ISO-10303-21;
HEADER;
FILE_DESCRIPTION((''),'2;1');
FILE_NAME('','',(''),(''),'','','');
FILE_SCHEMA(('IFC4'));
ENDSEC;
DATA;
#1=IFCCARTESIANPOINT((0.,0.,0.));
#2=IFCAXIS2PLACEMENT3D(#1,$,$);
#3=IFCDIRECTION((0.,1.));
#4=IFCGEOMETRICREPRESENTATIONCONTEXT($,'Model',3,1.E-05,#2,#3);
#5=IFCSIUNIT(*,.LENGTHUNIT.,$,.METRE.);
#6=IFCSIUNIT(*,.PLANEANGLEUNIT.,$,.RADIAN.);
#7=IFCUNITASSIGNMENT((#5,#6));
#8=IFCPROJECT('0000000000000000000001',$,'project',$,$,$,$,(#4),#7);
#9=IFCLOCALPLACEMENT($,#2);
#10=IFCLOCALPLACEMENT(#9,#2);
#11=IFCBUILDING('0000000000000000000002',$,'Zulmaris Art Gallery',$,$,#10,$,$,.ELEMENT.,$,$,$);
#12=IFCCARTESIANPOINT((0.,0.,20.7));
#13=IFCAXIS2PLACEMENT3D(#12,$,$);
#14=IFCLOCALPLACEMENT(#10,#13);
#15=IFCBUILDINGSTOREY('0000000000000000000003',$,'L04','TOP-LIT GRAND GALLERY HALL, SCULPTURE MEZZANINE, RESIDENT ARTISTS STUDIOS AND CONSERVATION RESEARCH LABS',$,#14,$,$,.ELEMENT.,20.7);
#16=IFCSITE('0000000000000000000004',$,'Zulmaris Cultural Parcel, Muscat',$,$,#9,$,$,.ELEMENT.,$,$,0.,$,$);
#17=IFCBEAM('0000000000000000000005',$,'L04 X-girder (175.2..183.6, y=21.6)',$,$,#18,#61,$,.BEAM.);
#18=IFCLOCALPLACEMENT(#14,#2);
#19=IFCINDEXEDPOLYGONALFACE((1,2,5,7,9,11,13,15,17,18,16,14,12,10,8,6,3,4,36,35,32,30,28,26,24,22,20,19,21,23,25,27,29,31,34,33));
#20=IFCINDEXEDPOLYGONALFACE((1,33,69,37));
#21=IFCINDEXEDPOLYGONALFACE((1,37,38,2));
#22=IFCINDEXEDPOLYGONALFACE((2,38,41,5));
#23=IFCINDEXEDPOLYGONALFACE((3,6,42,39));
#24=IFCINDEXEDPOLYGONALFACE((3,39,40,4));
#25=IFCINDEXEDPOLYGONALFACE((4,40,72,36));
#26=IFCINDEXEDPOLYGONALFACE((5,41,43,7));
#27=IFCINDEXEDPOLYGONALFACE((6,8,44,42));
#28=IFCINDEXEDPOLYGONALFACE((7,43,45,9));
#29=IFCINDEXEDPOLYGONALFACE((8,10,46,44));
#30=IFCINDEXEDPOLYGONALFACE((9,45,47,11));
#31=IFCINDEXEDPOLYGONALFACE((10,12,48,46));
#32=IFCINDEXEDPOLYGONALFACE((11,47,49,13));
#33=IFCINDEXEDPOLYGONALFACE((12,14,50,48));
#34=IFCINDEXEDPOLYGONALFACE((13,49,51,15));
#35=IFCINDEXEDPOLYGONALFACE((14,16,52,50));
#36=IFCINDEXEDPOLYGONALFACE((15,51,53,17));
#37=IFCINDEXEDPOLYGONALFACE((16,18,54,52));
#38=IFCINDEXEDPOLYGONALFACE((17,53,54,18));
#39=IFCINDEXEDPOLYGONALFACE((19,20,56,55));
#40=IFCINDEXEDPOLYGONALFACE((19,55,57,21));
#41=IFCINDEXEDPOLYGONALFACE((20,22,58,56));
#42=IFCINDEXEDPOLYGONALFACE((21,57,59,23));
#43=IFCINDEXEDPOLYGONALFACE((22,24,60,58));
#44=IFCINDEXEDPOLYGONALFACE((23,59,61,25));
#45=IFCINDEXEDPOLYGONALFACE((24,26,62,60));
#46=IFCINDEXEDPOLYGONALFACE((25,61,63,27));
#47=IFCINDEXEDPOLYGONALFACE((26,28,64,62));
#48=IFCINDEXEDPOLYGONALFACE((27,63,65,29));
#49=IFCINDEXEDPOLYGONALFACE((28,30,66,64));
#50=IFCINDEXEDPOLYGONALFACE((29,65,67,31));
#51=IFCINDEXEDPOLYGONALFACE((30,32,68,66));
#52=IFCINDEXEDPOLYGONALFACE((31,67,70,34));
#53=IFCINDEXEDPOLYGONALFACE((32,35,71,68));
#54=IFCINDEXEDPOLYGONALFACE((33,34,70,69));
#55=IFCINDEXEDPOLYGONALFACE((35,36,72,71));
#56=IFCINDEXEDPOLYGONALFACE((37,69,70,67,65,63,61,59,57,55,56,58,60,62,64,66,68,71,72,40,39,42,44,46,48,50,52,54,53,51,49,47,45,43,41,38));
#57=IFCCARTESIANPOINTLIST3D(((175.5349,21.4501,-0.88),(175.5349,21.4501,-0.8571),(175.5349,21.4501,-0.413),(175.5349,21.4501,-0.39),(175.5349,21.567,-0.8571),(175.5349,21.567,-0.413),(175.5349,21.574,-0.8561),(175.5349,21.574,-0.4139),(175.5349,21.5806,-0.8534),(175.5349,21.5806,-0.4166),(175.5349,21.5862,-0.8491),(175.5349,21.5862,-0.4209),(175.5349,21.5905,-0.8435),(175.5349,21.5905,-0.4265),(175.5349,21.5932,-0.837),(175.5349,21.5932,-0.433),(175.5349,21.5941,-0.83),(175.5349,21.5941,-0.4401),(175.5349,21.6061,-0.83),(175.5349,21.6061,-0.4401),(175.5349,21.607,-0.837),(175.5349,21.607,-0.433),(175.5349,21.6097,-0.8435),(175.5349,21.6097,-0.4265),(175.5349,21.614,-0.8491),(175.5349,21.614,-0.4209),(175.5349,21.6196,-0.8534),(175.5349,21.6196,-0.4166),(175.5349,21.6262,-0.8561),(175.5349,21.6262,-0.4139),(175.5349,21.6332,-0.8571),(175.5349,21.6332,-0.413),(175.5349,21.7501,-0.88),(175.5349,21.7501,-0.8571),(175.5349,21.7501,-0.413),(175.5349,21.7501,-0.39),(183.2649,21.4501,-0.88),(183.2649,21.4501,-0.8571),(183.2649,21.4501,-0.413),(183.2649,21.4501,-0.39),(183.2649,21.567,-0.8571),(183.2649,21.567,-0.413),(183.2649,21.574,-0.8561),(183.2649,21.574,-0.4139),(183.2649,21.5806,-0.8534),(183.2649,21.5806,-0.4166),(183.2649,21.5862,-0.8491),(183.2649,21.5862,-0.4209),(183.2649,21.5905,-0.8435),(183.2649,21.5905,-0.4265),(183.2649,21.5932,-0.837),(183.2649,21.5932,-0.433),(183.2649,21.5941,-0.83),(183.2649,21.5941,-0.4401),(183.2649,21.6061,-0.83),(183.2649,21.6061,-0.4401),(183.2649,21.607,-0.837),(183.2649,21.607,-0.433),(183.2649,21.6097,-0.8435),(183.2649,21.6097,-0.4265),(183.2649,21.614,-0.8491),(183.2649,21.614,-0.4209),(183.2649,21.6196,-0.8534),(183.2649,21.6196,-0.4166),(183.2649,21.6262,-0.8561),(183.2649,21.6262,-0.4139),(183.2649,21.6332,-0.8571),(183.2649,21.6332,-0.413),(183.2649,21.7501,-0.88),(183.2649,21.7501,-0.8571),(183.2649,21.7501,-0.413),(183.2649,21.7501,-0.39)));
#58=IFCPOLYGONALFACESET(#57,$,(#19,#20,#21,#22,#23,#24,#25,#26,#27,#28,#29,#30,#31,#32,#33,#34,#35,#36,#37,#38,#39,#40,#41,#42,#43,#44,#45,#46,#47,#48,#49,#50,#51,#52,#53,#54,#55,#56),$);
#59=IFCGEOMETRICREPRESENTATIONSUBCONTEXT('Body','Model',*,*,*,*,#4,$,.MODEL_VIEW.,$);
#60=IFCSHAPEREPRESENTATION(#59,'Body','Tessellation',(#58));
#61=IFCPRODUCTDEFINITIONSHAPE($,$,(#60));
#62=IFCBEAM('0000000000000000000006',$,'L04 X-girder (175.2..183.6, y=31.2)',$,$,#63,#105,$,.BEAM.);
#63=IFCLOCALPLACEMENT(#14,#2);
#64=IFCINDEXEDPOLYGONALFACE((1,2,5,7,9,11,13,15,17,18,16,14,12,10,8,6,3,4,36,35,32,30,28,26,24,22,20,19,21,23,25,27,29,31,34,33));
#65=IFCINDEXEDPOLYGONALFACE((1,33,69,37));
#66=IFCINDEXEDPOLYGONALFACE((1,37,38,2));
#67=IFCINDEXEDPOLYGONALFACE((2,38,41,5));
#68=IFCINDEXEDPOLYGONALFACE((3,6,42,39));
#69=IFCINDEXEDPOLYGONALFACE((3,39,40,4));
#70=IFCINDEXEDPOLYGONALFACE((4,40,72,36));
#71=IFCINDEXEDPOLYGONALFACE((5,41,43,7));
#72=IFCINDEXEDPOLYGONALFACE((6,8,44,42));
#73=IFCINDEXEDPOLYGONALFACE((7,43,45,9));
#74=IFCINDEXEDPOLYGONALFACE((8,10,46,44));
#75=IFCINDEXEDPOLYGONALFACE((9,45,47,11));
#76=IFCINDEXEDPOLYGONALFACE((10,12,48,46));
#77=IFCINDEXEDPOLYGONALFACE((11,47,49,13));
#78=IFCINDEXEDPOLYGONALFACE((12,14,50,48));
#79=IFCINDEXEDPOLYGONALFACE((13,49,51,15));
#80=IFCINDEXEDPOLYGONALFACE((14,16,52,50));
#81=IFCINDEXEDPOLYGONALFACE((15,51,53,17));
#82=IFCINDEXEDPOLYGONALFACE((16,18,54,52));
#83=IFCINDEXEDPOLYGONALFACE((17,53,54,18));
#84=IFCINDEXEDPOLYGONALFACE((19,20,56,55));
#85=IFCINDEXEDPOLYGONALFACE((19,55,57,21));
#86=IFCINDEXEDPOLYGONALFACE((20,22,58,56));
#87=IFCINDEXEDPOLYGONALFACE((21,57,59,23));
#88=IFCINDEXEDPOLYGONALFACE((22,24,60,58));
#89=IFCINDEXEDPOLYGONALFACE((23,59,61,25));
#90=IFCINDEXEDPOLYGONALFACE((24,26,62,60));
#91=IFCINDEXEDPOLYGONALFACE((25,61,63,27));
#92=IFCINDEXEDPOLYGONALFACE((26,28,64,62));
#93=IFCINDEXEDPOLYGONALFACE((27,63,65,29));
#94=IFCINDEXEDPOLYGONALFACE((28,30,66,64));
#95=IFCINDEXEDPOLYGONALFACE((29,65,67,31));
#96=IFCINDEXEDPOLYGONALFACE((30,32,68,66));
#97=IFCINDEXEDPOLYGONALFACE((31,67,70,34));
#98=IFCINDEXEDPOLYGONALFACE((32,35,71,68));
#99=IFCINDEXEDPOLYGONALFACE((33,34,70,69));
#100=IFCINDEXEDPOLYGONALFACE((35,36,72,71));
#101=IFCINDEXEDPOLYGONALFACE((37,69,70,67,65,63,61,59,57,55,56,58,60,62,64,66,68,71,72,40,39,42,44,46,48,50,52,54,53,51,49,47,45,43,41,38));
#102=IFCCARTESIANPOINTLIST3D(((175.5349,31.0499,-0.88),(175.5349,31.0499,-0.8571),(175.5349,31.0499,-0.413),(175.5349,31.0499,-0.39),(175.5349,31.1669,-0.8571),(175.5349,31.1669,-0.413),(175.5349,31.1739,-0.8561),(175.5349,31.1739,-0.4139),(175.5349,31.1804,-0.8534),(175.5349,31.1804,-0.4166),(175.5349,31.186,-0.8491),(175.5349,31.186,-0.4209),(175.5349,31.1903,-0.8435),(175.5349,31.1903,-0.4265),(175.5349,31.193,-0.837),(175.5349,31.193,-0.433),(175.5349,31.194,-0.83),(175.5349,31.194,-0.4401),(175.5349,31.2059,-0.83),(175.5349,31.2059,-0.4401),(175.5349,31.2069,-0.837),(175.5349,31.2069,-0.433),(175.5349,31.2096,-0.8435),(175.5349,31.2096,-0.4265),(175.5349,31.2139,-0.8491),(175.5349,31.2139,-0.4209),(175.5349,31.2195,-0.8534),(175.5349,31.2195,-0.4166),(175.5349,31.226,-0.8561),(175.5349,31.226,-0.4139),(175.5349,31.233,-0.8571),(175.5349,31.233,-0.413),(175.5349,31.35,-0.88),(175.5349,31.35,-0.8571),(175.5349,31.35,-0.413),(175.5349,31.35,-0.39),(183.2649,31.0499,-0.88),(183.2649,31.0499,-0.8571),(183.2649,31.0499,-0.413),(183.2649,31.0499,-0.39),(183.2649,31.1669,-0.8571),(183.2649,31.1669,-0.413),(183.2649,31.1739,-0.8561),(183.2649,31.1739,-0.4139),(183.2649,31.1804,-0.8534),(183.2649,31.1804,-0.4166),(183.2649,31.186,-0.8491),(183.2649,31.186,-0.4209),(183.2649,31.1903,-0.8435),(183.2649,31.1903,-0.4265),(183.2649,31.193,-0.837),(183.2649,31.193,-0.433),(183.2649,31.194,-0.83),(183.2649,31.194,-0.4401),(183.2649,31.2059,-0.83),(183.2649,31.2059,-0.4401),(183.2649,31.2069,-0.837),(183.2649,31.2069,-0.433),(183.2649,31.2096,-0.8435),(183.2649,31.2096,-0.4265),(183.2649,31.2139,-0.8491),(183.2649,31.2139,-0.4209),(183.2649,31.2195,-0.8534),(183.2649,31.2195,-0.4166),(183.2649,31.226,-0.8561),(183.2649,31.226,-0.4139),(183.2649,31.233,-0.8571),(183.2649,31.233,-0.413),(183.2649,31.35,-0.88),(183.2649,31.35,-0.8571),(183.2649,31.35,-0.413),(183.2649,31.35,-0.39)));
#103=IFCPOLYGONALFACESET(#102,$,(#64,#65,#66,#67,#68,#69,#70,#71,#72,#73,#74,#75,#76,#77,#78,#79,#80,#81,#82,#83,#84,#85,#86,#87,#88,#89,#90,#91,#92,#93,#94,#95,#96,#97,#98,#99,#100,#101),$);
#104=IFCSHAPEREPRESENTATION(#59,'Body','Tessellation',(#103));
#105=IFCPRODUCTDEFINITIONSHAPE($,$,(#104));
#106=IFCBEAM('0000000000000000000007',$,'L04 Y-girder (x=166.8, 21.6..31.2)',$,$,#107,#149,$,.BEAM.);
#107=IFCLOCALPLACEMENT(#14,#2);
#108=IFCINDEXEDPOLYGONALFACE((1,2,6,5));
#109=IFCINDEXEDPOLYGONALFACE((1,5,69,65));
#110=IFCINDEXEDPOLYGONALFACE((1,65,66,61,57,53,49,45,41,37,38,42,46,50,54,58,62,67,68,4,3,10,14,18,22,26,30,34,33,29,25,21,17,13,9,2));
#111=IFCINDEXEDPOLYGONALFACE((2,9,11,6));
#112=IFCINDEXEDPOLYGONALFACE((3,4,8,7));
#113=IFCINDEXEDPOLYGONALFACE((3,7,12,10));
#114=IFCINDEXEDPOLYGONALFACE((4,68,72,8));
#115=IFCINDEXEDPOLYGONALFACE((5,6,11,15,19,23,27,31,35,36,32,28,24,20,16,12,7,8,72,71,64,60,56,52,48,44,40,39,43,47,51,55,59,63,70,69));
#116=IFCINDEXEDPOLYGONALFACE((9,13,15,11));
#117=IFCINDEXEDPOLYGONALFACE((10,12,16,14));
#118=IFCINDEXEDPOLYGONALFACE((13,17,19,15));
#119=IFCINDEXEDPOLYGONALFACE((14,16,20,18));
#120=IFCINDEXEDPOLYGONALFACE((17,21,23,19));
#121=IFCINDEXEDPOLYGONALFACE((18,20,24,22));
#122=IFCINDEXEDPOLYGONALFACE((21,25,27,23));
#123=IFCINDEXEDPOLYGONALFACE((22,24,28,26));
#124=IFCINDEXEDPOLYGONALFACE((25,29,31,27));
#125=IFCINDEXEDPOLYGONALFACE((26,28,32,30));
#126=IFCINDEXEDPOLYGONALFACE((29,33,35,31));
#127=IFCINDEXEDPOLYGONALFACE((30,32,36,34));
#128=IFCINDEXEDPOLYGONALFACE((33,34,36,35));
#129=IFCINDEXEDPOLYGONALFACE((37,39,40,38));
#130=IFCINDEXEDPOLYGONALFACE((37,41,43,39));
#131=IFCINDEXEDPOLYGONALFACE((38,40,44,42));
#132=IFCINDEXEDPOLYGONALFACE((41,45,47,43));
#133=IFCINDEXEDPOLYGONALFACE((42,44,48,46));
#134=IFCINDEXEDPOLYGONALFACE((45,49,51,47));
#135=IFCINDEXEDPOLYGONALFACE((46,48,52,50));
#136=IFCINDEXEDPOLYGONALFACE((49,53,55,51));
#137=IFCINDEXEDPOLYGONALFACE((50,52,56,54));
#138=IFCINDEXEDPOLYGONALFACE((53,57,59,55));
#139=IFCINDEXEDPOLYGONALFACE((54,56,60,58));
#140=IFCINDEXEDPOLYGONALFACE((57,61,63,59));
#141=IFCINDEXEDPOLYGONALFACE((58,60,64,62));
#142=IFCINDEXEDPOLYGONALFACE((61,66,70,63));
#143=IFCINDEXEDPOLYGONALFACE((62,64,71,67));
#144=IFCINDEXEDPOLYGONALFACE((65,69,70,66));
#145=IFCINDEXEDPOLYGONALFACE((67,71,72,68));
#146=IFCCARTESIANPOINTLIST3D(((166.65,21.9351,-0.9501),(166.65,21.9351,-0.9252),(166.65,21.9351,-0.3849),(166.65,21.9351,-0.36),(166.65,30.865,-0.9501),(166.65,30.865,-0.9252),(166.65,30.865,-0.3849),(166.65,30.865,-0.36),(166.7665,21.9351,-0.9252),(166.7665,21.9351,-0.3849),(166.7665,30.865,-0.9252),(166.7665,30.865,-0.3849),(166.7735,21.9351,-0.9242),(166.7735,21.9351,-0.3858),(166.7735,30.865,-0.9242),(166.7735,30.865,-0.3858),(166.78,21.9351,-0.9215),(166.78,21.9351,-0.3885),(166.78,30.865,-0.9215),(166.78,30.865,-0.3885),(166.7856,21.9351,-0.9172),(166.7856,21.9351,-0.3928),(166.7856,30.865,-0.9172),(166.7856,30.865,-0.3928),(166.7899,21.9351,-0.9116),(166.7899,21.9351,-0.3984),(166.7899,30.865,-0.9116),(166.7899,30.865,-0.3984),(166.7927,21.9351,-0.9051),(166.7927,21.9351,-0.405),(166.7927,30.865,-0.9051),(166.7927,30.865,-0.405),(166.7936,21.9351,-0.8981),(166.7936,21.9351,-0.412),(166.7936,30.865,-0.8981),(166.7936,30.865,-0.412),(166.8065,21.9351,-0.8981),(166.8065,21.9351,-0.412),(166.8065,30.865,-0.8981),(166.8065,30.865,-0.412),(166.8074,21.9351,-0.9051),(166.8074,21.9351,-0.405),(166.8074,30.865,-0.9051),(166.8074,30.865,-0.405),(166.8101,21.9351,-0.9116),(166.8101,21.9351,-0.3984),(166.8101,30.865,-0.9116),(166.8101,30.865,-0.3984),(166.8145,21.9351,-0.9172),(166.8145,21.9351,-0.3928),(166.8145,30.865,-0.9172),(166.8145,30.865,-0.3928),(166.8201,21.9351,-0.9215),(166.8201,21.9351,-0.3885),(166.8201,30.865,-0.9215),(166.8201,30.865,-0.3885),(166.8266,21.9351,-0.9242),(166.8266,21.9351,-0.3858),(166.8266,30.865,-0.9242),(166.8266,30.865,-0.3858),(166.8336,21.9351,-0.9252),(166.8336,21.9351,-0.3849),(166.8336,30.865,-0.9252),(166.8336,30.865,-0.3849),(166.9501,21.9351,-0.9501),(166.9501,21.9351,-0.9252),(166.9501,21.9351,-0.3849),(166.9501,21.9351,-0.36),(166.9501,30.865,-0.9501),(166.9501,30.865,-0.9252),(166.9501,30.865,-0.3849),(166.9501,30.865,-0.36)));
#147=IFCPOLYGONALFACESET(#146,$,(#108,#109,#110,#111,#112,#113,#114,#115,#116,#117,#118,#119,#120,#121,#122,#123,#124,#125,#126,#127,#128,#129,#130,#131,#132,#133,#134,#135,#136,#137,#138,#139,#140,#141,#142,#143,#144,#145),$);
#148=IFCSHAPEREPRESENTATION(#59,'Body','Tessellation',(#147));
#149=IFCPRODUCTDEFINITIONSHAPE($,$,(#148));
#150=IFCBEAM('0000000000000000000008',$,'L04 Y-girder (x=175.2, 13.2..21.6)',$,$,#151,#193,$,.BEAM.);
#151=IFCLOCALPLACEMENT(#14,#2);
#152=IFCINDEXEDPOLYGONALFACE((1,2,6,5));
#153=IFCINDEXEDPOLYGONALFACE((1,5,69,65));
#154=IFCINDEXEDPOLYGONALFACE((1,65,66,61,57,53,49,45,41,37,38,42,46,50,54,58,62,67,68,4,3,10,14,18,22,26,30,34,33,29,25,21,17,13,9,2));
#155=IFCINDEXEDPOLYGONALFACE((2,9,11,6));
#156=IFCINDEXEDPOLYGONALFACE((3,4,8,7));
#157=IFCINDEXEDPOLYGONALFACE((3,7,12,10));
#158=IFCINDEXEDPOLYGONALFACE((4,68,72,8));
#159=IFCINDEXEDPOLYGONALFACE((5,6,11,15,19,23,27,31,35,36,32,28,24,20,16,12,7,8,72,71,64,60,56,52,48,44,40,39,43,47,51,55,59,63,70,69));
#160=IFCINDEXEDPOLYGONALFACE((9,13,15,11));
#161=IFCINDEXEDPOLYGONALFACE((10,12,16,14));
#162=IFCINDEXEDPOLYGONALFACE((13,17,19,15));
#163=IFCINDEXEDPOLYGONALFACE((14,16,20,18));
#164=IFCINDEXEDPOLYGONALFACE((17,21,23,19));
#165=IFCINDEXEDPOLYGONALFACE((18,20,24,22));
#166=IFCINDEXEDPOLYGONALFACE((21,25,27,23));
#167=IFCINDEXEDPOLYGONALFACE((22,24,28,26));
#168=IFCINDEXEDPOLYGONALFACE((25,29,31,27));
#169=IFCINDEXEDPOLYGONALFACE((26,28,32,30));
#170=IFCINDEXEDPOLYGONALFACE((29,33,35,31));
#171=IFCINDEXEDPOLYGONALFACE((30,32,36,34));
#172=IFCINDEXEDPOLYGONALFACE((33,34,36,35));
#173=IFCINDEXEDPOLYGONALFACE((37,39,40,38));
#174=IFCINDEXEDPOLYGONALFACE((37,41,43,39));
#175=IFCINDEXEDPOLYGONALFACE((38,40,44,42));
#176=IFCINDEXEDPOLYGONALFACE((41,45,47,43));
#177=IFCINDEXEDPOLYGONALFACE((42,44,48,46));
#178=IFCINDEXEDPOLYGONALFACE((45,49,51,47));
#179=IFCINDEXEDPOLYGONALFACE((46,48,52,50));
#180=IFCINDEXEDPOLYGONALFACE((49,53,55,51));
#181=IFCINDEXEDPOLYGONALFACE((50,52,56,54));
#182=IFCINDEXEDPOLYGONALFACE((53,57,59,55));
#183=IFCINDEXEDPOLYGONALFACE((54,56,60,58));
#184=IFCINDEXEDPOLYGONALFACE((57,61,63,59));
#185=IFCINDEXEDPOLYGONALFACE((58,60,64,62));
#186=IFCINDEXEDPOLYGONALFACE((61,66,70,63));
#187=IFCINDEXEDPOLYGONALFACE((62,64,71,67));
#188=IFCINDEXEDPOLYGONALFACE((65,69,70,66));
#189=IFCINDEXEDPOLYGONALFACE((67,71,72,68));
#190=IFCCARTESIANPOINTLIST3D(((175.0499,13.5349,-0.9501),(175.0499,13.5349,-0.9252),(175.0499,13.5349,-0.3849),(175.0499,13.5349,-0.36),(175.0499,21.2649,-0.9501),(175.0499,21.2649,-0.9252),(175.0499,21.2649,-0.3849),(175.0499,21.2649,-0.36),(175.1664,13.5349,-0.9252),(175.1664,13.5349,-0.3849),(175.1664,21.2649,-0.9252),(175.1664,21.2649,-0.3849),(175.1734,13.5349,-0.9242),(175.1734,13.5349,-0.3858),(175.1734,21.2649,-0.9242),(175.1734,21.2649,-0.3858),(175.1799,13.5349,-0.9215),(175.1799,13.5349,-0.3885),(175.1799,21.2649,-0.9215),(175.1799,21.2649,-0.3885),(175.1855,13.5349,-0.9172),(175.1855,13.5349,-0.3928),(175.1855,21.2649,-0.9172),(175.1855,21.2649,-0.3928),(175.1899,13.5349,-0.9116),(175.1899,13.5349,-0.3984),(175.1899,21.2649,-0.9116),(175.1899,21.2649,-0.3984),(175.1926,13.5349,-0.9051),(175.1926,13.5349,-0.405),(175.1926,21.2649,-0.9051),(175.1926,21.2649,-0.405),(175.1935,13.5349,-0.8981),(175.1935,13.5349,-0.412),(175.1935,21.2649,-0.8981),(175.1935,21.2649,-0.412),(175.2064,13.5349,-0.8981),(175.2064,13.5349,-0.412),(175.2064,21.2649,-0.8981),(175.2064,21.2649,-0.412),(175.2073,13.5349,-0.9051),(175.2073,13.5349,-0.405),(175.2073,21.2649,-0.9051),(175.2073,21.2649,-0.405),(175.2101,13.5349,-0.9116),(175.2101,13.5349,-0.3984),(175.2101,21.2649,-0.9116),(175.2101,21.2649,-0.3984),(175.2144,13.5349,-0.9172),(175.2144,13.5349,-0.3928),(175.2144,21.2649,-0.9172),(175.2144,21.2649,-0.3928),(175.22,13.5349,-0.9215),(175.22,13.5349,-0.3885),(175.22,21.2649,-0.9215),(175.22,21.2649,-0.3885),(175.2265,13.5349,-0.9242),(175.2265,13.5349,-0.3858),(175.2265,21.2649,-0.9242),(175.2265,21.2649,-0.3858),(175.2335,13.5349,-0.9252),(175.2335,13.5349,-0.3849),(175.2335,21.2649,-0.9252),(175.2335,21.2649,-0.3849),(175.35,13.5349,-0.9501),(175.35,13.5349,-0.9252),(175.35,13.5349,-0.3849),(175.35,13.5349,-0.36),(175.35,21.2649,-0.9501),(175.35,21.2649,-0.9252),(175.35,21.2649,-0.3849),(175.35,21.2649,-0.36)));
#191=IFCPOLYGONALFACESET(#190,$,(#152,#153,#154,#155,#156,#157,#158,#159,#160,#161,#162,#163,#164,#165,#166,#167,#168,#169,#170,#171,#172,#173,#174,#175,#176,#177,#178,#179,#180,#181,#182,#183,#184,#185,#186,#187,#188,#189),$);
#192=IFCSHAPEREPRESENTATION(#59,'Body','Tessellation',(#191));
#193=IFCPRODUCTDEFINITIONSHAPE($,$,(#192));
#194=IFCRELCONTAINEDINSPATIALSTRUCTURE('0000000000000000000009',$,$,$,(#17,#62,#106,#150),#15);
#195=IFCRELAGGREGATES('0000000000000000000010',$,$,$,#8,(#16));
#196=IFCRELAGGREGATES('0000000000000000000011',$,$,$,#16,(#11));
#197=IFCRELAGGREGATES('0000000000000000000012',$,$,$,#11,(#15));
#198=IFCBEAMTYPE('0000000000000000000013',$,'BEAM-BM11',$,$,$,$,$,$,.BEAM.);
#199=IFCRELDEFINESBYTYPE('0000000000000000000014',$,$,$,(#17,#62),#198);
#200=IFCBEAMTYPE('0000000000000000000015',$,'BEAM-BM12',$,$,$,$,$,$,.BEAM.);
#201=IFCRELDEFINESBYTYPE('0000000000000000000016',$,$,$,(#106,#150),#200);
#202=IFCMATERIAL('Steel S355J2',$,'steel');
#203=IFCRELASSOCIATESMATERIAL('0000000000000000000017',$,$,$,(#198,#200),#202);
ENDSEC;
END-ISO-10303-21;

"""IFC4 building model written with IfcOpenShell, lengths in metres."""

from ifc_helpers import new_model, si_unit, direction, frame, origin, origin_2d, place, context, subcontext, project, spatial, i_section, extrude, material, material_profile, profile_set, type_object, element, save


model = new_model("IFC4")

# Units and contexts
model_context = context("Model", 3, precision=1e-05, world=origin(), true_north=direction((0.0, 1.0)))
body_context = subcontext(model_context, "Body", "Model", "MODEL_VIEW")
ifc_project = project(units=[si_unit("LENGTHUNIT", "METRE"), si_unit("PLANEANGLEUNIT", "RADIAN")], contexts=[model_context])

# Site, building, storey
site_placement = place(None, origin())
site = spatial("IfcSite", under=ifc_project, at=site_placement, Name="Zulmaris Cultural Parcel, Muscat", CompositionType="ELEMENT", RefElevation=0.0)
building_placement = place(site_placement, origin())
building = spatial("IfcBuilding", under=site, at=building_placement, Name="Zulmaris Art Gallery", CompositionType="ELEMENT")
storey_placement = place(building_placement, frame((0.0, 0.0, 20.7)))
storey = spatial("IfcBuildingStorey", under=building, at=storey_placement, Name="L04", Description="TOP-LIT GRAND GALLERY HALL, SCULPTURE MEZZANINE, RESIDENT ARTISTS STUDIOS AND CONSERVATION RESEARCH LABS", CompositionType="ELEMENT", Elevation=20.7)

# Beams
ifc_material_1 = material(Name="Steel S355J2", Category="steel")
ifc_material_profile_1 = material_profile(ifc_material_1, i_section(OverallWidth=0.3, OverallDepth=0.49, WebThickness=0.012, FlangeThickness=0.0229, FilletRadius=0.0271, at=origin_2d()), Name="HEA 500")
ifc_profile_set_1 = profile_set([ifc_material_profile_1], Name="Steel S355J2")
beam_type_1 = type_object("IfcBeamType", Name="BEAM-BM11", PredefinedType="BEAM", material=ifc_profile_set_1)
for number, where, z_axis, x_axis, name in (
    (1, (175.5349, 21.6001, -0.635), (1.0, 0.0, 0.0), (0.0, 1.0, 0.0), "L04 X-girder (175.2..183.6, y=21.6)"),
    (2, (175.5349, 31.2, -0.635), (1.0, 0.0, 0.0), (0.0, 1.0, 0.0), "L04 X-girder (175.2..183.6, y=31.2)"),
):
    element("IfcBeam", number, at=place(storey_placement, frame(where, z_axis=z_axis, x_axis=x_axis)), inside=storey, type_object=beam_type_1, Name=name, PredefinedType="BEAM", context=body_context, shape_type="SweptSolid", body=[
        extrude(i_section(OverallWidth=0.3, OverallDepth=0.49, WebThickness=0.012, FlangeThickness=0.0229, FilletRadius=0.0271, at=origin_2d()), origin(), (0.0, 0.0, 1.0), 7.73),
    ])
ifc_material_profile_2 = material_profile(ifc_material_1, i_section(OverallWidth=0.3, OverallDepth=0.5901, WebThickness=0.0129, FlangeThickness=0.0249, FilletRadius=0.0271, at=origin_2d()), Name="HEA 600")
ifc_profile_set_2 = profile_set([ifc_material_profile_2], Name="Steel S355J2")
beam_type_2 = type_object("IfcBeamType", Name="BEAM-BM12", PredefinedType="BEAM", material=ifc_profile_set_2)
beam_1_placement = place(storey_placement, frame((166.8, 21.9351, -0.655), z_axis=(0.0, 1.0, 0.0), x_axis=(-1.0, 0.0, 0.0)))
element("IfcBeam", 3, at=beam_1_placement, inside=storey, type_object=beam_type_2, Name="L04 Y-girder (x=166.8, 21.6..31.2)", PredefinedType="BEAM", context=body_context, shape_type="SweptSolid", body=[
    extrude(i_section(OverallWidth=0.3, OverallDepth=0.5901, WebThickness=0.0129, FlangeThickness=0.0249, FilletRadius=0.0271, at=origin_2d()), origin(), (0.0, 0.0, 1.0), 8.9299),
])
beam_2_placement = place(storey_placement, frame((175.2, 13.5349, -0.655), z_axis=(0.0, 1.0, 0.0), x_axis=(-1.0, 0.0, 0.0)))
element("IfcBeam", 4, at=beam_2_placement, inside=storey, type_object=beam_type_2, Name="L04 Y-girder (x=175.2, 13.2..21.6)", PredefinedType="BEAM", context=body_context, shape_type="SweptSolid", body=[
    extrude(i_section(OverallWidth=0.3, OverallDepth=0.5901, WebThickness=0.0129, FlangeThickness=0.0249, FilletRadius=0.0271, at=origin_2d()), origin(), (0.0, 0.0, 1.0), 7.73),
])

save(model, "model.ifc")
